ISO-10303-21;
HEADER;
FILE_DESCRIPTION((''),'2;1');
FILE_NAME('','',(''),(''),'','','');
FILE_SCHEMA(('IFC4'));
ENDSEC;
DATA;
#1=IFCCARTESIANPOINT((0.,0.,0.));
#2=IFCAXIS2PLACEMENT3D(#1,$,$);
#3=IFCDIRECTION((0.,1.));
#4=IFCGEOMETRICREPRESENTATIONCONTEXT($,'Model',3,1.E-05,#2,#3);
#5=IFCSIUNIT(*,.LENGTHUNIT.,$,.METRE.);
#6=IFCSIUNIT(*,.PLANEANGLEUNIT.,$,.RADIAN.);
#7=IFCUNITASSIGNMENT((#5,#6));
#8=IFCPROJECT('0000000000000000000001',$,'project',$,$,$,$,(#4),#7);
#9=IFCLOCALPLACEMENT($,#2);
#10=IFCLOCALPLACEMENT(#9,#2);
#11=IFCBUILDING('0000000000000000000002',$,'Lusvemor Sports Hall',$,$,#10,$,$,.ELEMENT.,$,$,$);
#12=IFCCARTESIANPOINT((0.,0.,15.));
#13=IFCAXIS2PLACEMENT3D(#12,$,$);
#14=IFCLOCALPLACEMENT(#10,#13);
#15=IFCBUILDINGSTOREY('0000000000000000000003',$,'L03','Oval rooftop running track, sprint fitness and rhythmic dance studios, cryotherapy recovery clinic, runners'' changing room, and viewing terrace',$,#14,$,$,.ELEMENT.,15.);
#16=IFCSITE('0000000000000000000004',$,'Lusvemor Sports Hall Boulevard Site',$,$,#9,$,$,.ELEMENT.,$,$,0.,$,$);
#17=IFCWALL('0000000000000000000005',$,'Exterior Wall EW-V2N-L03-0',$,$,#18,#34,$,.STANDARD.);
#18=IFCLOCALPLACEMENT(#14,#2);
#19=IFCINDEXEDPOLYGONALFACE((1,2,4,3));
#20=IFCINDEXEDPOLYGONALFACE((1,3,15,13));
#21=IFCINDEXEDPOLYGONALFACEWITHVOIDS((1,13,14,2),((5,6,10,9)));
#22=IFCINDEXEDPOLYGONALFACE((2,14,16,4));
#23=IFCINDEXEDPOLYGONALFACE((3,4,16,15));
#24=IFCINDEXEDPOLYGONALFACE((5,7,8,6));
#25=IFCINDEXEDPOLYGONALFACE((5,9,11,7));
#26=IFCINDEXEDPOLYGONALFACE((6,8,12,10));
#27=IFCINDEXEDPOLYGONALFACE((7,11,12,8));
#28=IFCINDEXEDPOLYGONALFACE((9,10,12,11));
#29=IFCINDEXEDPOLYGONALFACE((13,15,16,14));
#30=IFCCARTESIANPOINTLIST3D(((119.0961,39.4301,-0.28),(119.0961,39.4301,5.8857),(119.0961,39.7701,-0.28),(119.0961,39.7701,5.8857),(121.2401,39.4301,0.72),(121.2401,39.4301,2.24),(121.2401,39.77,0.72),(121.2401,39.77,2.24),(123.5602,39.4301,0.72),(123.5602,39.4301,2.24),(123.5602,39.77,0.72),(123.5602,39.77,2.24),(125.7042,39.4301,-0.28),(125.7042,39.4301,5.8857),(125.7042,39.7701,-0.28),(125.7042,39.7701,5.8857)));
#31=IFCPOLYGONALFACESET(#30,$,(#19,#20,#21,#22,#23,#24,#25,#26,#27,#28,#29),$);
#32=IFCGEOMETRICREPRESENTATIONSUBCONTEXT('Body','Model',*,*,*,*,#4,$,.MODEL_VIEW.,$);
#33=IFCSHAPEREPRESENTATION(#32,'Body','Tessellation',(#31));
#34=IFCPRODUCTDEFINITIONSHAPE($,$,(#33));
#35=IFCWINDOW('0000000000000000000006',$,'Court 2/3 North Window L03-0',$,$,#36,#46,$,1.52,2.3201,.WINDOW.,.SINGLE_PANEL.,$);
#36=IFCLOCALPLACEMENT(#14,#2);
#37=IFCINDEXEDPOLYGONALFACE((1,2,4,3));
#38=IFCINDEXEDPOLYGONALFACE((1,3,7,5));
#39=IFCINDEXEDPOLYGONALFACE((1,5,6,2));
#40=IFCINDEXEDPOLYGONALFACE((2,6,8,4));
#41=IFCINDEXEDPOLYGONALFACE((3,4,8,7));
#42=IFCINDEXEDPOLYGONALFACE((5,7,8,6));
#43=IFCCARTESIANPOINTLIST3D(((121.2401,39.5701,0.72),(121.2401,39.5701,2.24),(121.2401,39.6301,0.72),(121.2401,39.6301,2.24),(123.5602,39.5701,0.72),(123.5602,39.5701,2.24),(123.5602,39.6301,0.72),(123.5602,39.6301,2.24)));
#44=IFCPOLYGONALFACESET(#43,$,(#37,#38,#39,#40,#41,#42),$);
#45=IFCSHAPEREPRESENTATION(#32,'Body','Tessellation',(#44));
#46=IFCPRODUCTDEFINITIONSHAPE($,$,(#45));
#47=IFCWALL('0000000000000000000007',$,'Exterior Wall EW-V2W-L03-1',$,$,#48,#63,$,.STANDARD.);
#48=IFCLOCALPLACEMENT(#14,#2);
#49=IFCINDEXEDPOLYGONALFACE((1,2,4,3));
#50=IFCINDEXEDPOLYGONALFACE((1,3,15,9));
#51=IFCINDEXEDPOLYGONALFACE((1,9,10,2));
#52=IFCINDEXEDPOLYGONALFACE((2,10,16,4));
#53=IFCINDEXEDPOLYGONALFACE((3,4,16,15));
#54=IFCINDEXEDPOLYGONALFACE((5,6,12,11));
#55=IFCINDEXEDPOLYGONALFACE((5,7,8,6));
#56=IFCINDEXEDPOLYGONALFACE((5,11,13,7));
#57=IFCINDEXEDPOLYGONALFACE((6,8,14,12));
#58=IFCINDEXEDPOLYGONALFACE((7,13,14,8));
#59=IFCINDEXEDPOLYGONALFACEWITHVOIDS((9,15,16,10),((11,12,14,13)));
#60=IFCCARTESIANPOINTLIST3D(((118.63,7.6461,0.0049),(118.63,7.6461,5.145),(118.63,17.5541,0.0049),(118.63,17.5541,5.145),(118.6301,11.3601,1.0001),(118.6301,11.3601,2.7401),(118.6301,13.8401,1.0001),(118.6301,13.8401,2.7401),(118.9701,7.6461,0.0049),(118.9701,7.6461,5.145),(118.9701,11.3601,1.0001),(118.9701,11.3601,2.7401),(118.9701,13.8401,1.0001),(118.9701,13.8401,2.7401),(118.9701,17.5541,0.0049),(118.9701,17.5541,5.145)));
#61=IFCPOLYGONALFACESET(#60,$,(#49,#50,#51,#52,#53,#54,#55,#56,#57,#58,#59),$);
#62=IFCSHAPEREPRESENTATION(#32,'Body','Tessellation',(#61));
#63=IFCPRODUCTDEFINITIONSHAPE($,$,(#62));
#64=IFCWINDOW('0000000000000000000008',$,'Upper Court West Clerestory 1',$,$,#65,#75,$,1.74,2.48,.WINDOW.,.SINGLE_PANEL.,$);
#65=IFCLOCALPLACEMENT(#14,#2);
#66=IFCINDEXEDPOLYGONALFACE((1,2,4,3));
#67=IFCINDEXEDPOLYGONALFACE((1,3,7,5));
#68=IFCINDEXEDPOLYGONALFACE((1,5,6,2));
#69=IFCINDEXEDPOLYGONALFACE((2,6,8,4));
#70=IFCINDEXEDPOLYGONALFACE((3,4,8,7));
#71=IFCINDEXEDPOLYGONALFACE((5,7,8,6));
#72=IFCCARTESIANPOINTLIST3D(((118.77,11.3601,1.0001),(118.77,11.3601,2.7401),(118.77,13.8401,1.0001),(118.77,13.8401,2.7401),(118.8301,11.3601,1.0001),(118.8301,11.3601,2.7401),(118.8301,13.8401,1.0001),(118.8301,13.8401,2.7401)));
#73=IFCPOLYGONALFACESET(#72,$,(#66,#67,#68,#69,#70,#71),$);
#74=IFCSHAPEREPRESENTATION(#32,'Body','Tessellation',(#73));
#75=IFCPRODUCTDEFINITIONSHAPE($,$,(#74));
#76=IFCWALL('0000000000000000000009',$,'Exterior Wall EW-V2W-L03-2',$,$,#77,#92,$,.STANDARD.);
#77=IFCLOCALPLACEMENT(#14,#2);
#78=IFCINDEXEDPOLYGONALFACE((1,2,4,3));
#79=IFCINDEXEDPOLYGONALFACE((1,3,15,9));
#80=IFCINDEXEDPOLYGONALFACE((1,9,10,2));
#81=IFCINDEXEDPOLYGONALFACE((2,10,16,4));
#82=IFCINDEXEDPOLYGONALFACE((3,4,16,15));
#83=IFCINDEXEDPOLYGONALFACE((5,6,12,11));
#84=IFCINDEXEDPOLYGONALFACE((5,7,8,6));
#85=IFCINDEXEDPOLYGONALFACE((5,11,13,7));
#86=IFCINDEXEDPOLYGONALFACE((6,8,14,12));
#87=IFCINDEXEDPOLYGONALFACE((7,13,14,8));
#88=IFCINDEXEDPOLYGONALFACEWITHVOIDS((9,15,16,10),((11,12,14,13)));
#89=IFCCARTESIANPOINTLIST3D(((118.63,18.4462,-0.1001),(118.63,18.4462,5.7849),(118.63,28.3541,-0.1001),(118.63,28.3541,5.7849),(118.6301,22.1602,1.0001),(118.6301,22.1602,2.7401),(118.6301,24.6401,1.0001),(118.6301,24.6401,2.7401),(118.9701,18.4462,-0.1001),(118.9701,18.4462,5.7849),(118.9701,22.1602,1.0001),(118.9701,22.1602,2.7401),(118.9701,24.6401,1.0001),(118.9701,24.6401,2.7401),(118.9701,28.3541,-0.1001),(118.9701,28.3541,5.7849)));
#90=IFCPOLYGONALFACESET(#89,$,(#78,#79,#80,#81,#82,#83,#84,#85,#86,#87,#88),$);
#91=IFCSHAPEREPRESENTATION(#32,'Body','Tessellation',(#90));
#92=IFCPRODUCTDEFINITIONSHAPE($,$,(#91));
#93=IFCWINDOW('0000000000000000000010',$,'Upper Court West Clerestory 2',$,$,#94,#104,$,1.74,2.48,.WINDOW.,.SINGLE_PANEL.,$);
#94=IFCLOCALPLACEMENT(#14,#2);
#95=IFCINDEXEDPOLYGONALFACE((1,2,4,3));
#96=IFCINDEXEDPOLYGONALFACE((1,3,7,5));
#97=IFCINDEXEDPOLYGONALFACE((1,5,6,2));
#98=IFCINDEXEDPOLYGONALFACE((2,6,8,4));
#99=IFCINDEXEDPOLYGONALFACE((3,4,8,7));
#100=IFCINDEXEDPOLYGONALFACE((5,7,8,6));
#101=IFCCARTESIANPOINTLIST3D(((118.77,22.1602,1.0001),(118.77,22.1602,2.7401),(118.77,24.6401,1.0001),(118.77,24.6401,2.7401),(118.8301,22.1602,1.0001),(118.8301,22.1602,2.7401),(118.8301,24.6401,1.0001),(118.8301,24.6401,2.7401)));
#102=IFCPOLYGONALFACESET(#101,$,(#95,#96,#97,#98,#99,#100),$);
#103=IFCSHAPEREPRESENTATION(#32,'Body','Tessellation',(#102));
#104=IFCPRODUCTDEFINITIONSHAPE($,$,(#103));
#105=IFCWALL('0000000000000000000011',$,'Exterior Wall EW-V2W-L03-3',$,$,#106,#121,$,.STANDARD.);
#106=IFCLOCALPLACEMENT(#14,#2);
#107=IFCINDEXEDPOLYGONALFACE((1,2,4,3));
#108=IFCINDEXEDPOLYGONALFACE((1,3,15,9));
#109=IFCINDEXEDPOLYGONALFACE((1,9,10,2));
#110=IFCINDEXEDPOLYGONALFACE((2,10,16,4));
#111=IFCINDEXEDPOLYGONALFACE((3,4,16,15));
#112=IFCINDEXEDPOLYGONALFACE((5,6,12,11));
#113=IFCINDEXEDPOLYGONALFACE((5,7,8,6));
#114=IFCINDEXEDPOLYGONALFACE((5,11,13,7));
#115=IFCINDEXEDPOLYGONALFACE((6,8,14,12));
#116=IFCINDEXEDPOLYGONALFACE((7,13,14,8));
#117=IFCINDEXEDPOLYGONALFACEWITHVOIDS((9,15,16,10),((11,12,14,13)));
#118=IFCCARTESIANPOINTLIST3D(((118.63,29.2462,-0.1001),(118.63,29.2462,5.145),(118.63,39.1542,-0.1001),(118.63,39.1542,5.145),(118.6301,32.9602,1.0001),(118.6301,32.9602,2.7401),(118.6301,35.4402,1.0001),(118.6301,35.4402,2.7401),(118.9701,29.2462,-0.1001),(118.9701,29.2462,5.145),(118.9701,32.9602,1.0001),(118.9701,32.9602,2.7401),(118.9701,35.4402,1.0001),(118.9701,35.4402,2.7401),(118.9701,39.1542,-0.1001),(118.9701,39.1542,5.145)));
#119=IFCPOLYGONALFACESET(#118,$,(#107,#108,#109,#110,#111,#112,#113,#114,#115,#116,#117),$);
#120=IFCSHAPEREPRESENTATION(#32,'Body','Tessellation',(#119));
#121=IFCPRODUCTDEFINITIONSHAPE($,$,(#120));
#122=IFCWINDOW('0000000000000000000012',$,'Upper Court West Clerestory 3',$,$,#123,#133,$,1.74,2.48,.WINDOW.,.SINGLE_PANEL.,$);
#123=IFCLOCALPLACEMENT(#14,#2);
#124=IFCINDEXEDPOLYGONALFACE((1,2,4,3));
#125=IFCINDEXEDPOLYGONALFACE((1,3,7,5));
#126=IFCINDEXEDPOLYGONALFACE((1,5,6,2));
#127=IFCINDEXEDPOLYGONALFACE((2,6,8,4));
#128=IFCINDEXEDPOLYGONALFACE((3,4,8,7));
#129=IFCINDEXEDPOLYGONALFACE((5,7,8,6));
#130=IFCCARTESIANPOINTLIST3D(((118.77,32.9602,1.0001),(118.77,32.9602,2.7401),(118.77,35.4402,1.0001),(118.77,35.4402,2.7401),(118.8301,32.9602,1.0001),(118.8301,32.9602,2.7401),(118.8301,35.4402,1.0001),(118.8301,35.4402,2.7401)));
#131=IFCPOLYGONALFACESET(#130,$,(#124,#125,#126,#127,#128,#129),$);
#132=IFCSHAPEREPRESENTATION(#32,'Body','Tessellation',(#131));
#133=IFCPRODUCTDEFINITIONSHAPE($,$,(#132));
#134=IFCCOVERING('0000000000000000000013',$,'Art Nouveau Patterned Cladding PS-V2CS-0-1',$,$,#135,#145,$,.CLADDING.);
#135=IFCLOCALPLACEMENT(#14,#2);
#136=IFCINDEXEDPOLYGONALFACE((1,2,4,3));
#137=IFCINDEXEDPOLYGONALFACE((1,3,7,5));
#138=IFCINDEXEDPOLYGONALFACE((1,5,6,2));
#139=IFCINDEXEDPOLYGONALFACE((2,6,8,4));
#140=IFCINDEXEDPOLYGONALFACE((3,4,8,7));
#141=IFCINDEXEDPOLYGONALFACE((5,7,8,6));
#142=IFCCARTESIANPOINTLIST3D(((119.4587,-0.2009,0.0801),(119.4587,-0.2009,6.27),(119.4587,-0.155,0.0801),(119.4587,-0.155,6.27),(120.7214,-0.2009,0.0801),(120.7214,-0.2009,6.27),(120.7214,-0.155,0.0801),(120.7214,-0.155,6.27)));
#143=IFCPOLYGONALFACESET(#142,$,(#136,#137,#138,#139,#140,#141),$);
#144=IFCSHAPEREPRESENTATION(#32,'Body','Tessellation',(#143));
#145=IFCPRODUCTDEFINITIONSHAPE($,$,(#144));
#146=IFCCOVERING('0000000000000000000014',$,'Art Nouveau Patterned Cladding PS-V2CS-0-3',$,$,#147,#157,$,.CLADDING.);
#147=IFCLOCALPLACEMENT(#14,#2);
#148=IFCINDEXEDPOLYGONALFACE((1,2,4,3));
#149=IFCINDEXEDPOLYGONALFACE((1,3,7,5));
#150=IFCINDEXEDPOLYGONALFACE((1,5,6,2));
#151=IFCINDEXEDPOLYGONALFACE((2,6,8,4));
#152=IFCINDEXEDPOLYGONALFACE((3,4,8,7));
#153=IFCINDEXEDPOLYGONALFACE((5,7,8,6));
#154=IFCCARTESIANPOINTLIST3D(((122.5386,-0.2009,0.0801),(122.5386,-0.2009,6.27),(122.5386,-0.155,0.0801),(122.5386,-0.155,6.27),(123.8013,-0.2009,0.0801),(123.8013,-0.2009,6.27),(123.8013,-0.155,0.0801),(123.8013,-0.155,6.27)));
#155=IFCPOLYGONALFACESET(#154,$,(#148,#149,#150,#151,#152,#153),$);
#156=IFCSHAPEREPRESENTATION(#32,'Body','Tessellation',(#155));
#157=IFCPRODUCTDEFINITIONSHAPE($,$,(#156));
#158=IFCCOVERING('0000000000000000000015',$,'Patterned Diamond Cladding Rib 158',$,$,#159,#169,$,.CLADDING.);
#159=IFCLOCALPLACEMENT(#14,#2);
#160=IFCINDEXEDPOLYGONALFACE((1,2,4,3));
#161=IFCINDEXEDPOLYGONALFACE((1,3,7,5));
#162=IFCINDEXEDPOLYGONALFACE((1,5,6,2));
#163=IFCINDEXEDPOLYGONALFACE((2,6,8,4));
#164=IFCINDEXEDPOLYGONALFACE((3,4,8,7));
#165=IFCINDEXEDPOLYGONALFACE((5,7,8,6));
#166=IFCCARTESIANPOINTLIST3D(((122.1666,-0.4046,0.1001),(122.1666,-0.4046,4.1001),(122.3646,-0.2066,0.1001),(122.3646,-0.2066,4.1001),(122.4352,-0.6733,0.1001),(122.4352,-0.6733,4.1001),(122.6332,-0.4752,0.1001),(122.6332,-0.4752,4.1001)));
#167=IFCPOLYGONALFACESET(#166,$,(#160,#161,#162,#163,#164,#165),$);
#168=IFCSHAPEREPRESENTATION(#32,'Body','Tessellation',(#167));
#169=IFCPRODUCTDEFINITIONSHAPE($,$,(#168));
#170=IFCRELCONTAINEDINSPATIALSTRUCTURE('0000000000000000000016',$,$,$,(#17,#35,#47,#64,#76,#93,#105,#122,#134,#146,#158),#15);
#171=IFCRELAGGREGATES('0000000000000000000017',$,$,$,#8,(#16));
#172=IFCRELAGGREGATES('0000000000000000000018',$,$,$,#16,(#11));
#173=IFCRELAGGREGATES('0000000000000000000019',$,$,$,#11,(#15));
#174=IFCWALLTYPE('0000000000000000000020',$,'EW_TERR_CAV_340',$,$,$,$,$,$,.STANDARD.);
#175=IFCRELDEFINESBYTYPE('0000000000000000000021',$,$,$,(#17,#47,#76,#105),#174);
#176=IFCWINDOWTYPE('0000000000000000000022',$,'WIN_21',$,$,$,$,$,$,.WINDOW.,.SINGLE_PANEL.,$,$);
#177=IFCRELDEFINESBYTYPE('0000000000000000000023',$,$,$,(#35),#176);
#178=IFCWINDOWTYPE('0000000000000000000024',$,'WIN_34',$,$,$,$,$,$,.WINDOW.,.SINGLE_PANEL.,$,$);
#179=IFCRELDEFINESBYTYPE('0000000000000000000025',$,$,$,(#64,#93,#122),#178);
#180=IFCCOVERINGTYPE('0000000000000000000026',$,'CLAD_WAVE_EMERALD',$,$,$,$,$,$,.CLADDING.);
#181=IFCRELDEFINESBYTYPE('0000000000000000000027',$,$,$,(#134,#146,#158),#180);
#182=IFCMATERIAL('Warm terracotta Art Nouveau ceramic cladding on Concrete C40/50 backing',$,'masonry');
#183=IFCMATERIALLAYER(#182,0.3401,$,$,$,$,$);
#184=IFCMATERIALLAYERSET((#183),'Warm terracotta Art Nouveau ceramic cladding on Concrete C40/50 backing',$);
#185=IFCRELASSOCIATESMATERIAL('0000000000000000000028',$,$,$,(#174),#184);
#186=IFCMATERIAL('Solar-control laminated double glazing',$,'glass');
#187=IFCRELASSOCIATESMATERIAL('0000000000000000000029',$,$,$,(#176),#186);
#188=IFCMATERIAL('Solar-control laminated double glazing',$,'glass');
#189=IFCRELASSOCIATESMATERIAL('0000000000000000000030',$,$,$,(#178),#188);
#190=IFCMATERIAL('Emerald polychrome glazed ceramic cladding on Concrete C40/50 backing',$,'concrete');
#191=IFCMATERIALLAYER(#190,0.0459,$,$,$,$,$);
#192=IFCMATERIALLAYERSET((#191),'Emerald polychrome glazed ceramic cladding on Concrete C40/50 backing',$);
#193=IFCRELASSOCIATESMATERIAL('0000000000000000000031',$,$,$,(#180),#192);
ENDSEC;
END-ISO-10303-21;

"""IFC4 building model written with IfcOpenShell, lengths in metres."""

from ifc_helpers import new_model, si_unit, direction, frame, frame_2d, origin, origin_2d, place, context, subcontext, project, spatial, rectangle, extrude, material, layer, layer_set, type_object, element, fill, save


model = new_model("IFC4")

# Units and contexts
model_context = context("Model", 3, precision=1e-05, world=origin(), true_north=direction((0.0, 1.0)))
body_context = subcontext(model_context, "Body", "Model", "MODEL_VIEW")
ifc_project = project(units=[si_unit("LENGTHUNIT", "METRE"), si_unit("PLANEANGLEUNIT", "RADIAN")], contexts=[model_context])

# Site, building, storey
site_placement = place(None, origin())
site = spatial("IfcSite", under=ifc_project, at=site_placement, Name="Lusvemor Sports Hall Boulevard Site", CompositionType="ELEMENT", RefElevation=0.0)
building_placement = place(site_placement, origin())
building = spatial("IfcBuilding", under=site, at=building_placement, Name="Lusvemor Sports Hall", CompositionType="ELEMENT")
storey_placement = place(building_placement, frame((0.0, 0.0, 15.0)))
storey = spatial("IfcBuildingStorey", under=building, at=storey_placement, Name="L03", Description="Oval rooftop running track, sprint fitness and rhythmic dance studios, cryotherapy recovery clinic, runners' changing room, and viewing terrace", CompositionType="ELEMENT", Elevation=15.0)

# Walls, openings, windows
ifc_material_1 = material(Name="Warm terracotta Art Nouveau ceramic cladding on Concrete C40/50 backing", Category="masonry")
ifc_layer_1 = layer(ifc_material_1, 0.3401)
ifc_layer_set_1 = layer_set([ifc_layer_1], Name="Warm terracotta Art Nouveau ceramic cladding on Concrete C40/50 backing")
wall_type = type_object("IfcWallType", Name="EW_TERR_CAV_340", PredefinedType="STANDARD", material=ifc_layer_set_1)
wall_1_placement = place(storey_placement, frame((119.0959, 39.6001, -0.28), z_axis=(0.0, 0.0, 1.0), x_axis=(1.0, 0.0, 0.0)))
wall_1 = element("IfcWall", 1, at=wall_1_placement, inside=storey, type_object=wall_type, Name="Exterior Wall EW-V2N-L03-0", PredefinedType="STANDARD", context=body_context, shape_type="SweptSolid", body=[
    extrude(rectangle(XDim=6.6082, YDim=0.3401, at=frame_2d((3.3042, 0.0))), origin(), (0.0, 0.0, 1.0), 6.1658),
])
opening_1_placement = place(wall_1_placement, frame((2.144, 0.0, 1.0)))
opening_1 = element("IfcOpeningElement", 2, at=opening_1_placement, cuts=wall_1, PredefinedType="OPENING", context=body_context, shape_type="SweptSolid", body=[
    extrude(rectangle(XDim=2.3201, YDim=1.52, at=frame_2d((1.1602, 0.76))), frame((0.0, 0.1699, 0.0), z_axis=(0.0, -1.0, 0.0), x_axis=(1.0, 0.0, 0.0)), (0.0, 0.0, 1.0), 0.3401),
])
ifc_material_2 = material(Name="Solar-control laminated double glazing", Category="glass")
window_type_1 = type_object("IfcWindowType", Name="WIN_21", PartitioningType="SINGLE_PANEL", PredefinedType="WINDOW", material=ifc_material_2)
window_1_placement = place(opening_1_placement, origin())
window_1 = element("IfcWindow", 3, at=window_1_placement, inside=storey, type_object=window_type_1, Name="Court 2/3 North Window L03-0", OverallHeight=1.52, OverallWidth=2.3201, PartitioningType="SINGLE_PANEL", PredefinedType="WINDOW", context=body_context, shape_type="SweptSolid", body=[
    extrude(rectangle(XDim=2.3201, YDim=1.52, at=frame_2d((1.1602, 0.76))), frame((0.0, 0.03, 0.0), z_axis=(0.0, -1.0, 0.0), x_axis=(1.0, 0.0, 0.0)), (0.0, 0.0, 1.0), 0.0601),
])
fill(opening_1, window_1)
wall_2_placement = place(storey_placement, frame((118.8, 7.646, 0.0049), z_axis=(0.0, 0.0, 1.0), x_axis=(0.0, 1.0, 0.0)))
wall_2 = element("IfcWall", 4, at=wall_2_placement, inside=storey, type_object=wall_type, Name="Exterior Wall EW-V2W-L03-1", PredefinedType="STANDARD", context=body_context, shape_type="SweptSolid", body=[
    extrude(rectangle(XDim=9.908, YDim=0.3401, at=frame_2d((4.9541, 0.0))), origin(), (0.0, 0.0, 1.0), 5.1401),
])
opening_2_placement = place(wall_2_placement, frame((3.7141, 0.0, 0.9951)))
opening_2 = element("IfcOpeningElement", 5, at=opening_2_placement, cuts=wall_2, PredefinedType="OPENING", context=body_context, shape_type="SweptSolid", body=[
    extrude(rectangle(XDim=2.48, YDim=1.74, at=frame_2d((1.24, 0.8701))), frame((0.0, 0.1699, 0.0), z_axis=(0.0, -1.0, 0.0), x_axis=(1.0, 0.0, 0.0)), (0.0, 0.0, 1.0), 0.3401),
])
ifc_material_3 = material(Name="Solar-control laminated double glazing", Category="glass")
window_type_2 = type_object("IfcWindowType", Name="WIN_34", PartitioningType="SINGLE_PANEL", PredefinedType="WINDOW", material=ifc_material_3)
window_2_placement = place(opening_2_placement, origin())
window_2 = element("IfcWindow", 6, at=window_2_placement, inside=storey, type_object=window_type_2, Name="Upper Court West Clerestory 1", OverallHeight=1.74, OverallWidth=2.48, PartitioningType="SINGLE_PANEL", PredefinedType="WINDOW", context=body_context, shape_type="SweptSolid", body=[
    extrude(rectangle(XDim=2.48, YDim=1.74, at=frame_2d((1.24, 0.8701))), frame((0.0, 0.03, 0.0), z_axis=(0.0, -1.0, 0.0), x_axis=(1.0, 0.0, 0.0)), (0.0, 0.0, 1.0), 0.0601),
])
fill(opening_2, window_2)
wall_3_placement = place(storey_placement, frame((118.8, 18.446, -0.1001), z_axis=(0.0, 0.0, 1.0), x_axis=(0.0, 1.0, 0.0)))
wall_3 = element("IfcWall", 7, at=wall_3_placement, inside=storey, type_object=wall_type, Name="Exterior Wall EW-V2W-L03-2", PredefinedType="STANDARD", context=body_context, shape_type="SweptSolid", body=[
    extrude(rectangle(XDim=9.908, YDim=0.3401, at=frame_2d((4.9541, 0.0))), origin(), (0.0, 0.0, 1.0), 5.885),
])
opening_3_placement = place(wall_3_placement, frame((3.7141, 0.0, 1.1001)))
opening_3 = element("IfcOpeningElement", 8, at=opening_3_placement, cuts=wall_3, PredefinedType="OPENING", context=body_context, shape_type="SweptSolid", body=[
    extrude(rectangle(XDim=2.48, YDim=1.74, at=frame_2d((1.24, 0.8701))), frame((0.0, 0.1699, 0.0), z_axis=(0.0, -1.0, 0.0), x_axis=(1.0, 0.0, 0.0)), (0.0, 0.0, 1.0), 0.3401),
])
window_3_placement = place(opening_3_placement, origin())
window_3 = element("IfcWindow", 9, at=window_3_placement, inside=storey, type_object=window_type_2, Name="Upper Court West Clerestory 2", OverallHeight=1.74, OverallWidth=2.48, PartitioningType="SINGLE_PANEL", PredefinedType="WINDOW", context=body_context, shape_type="SweptSolid", body=[
    extrude(rectangle(XDim=2.48, YDim=1.74, at=frame_2d((1.24, 0.8701))), frame((0.0, 0.03, 0.0), z_axis=(0.0, -1.0, 0.0), x_axis=(1.0, 0.0, 0.0)), (0.0, 0.0, 1.0), 0.0601),
])
fill(opening_3, window_3)
wall_4_placement = place(storey_placement, frame((118.8, 29.2461, -0.1001), z_axis=(0.0, 0.0, 1.0), x_axis=(0.0, 1.0, 0.0)))
wall_4 = element("IfcWall", 10, at=wall_4_placement, inside=storey, type_object=wall_type, Name="Exterior Wall EW-V2W-L03-3", PredefinedType="STANDARD", context=body_context, shape_type="SweptSolid", body=[
    extrude(rectangle(XDim=9.908, YDim=0.3401, at=frame_2d((4.9541, 0.0))), origin(), (0.0, 0.0, 1.0), 5.2451),
])
opening_4_placement = place(wall_4_placement, frame((3.7141, 0.0, 1.1001)))
opening_4 = element("IfcOpeningElement", 11, at=opening_4_placement, cuts=wall_4, PredefinedType="OPENING", context=body_context, shape_type="SweptSolid", body=[
    extrude(rectangle(XDim=2.48, YDim=1.74, at=frame_2d((1.24, 0.8701))), frame((0.0, 0.1699, 0.0), z_axis=(0.0, -1.0, 0.0), x_axis=(1.0, 0.0, 0.0)), (0.0, 0.0, 1.0), 0.3401),
])
window_4_placement = place(opening_4_placement, origin())
window_4 = element("IfcWindow", 12, at=window_4_placement, inside=storey, type_object=window_type_2, Name="Upper Court West Clerestory 3", OverallHeight=1.74, OverallWidth=2.48, PartitioningType="SINGLE_PANEL", PredefinedType="WINDOW", context=body_context, shape_type="SweptSolid", body=[
    extrude(rectangle(XDim=2.48, YDim=1.74, at=frame_2d((1.24, 0.8701))), frame((0.0, 0.03, 0.0), z_axis=(0.0, -1.0, 0.0), x_axis=(1.0, 0.0, 0.0)), (0.0, 0.0, 1.0), 0.0601),
])
fill(opening_4, window_4)

# Coverings
ifc_material_4 = material(Name="Emerald polychrome glazed ceramic cladding on Concrete C40/50 backing", Category="concrete")
ifc_layer_2 = layer(ifc_material_4, 0.0459)
ifc_layer_set_2 = layer_set([ifc_layer_2], Name="Emerald polychrome glazed ceramic cladding on Concrete C40/50 backing")
covering_type_1 = type_object("IfcCoveringType", Name="CLAD_WAVE_EMERALD", PredefinedType="CLADDING", material=ifc_layer_set_2)
for number, where, z_axis, x_axis, name in (
    (13, (120.0901, -0.178, 0.0801), (0.0, 0.0, 1.0), (1.0, 0.0, 0.0), "Art Nouveau Patterned Cladding PS-V2CS-0-1"),
    (14, (123.1699, -0.178, 0.0801), (0.0, 0.0, 1.0), (1.0, 0.0, 0.0), "Art Nouveau Patterned Cladding PS-V2CS-0-3"),
):
    element("IfcCovering", number, at=place(storey_placement, frame(where, z_axis=z_axis, x_axis=x_axis)), inside=storey, type_object=covering_type_1, Name=name, PredefinedType="CLADDING", context=body_context, shape_type="SweptSolid", body=[
        extrude(rectangle(XDim=1.2627, YDim=0.0459, at=origin_2d()), origin(), (0.0, 0.0, 1.0), 6.1899),
    ])
covering_1_placement = place(storey_placement, frame((122.3999, -0.4399, 0.1001), z_axis=(0.0, 0.0, 1.0), x_axis=(0.707107, 0.707107, 0.0)))
element("IfcCovering", 15, at=covering_1_placement, inside=storey, type_object=covering_type_1, Name="Patterned Diamond Cladding Rib 158", PredefinedType="CLADDING", context=body_context, shape_type="SweptSolid", body=[
    extrude(rectangle(XDim=0.28, YDim=0.3799, at=origin_2d()), origin(), (0.0, 0.0, 1.0), 4.0),
])

save(model, "model.ifc")
